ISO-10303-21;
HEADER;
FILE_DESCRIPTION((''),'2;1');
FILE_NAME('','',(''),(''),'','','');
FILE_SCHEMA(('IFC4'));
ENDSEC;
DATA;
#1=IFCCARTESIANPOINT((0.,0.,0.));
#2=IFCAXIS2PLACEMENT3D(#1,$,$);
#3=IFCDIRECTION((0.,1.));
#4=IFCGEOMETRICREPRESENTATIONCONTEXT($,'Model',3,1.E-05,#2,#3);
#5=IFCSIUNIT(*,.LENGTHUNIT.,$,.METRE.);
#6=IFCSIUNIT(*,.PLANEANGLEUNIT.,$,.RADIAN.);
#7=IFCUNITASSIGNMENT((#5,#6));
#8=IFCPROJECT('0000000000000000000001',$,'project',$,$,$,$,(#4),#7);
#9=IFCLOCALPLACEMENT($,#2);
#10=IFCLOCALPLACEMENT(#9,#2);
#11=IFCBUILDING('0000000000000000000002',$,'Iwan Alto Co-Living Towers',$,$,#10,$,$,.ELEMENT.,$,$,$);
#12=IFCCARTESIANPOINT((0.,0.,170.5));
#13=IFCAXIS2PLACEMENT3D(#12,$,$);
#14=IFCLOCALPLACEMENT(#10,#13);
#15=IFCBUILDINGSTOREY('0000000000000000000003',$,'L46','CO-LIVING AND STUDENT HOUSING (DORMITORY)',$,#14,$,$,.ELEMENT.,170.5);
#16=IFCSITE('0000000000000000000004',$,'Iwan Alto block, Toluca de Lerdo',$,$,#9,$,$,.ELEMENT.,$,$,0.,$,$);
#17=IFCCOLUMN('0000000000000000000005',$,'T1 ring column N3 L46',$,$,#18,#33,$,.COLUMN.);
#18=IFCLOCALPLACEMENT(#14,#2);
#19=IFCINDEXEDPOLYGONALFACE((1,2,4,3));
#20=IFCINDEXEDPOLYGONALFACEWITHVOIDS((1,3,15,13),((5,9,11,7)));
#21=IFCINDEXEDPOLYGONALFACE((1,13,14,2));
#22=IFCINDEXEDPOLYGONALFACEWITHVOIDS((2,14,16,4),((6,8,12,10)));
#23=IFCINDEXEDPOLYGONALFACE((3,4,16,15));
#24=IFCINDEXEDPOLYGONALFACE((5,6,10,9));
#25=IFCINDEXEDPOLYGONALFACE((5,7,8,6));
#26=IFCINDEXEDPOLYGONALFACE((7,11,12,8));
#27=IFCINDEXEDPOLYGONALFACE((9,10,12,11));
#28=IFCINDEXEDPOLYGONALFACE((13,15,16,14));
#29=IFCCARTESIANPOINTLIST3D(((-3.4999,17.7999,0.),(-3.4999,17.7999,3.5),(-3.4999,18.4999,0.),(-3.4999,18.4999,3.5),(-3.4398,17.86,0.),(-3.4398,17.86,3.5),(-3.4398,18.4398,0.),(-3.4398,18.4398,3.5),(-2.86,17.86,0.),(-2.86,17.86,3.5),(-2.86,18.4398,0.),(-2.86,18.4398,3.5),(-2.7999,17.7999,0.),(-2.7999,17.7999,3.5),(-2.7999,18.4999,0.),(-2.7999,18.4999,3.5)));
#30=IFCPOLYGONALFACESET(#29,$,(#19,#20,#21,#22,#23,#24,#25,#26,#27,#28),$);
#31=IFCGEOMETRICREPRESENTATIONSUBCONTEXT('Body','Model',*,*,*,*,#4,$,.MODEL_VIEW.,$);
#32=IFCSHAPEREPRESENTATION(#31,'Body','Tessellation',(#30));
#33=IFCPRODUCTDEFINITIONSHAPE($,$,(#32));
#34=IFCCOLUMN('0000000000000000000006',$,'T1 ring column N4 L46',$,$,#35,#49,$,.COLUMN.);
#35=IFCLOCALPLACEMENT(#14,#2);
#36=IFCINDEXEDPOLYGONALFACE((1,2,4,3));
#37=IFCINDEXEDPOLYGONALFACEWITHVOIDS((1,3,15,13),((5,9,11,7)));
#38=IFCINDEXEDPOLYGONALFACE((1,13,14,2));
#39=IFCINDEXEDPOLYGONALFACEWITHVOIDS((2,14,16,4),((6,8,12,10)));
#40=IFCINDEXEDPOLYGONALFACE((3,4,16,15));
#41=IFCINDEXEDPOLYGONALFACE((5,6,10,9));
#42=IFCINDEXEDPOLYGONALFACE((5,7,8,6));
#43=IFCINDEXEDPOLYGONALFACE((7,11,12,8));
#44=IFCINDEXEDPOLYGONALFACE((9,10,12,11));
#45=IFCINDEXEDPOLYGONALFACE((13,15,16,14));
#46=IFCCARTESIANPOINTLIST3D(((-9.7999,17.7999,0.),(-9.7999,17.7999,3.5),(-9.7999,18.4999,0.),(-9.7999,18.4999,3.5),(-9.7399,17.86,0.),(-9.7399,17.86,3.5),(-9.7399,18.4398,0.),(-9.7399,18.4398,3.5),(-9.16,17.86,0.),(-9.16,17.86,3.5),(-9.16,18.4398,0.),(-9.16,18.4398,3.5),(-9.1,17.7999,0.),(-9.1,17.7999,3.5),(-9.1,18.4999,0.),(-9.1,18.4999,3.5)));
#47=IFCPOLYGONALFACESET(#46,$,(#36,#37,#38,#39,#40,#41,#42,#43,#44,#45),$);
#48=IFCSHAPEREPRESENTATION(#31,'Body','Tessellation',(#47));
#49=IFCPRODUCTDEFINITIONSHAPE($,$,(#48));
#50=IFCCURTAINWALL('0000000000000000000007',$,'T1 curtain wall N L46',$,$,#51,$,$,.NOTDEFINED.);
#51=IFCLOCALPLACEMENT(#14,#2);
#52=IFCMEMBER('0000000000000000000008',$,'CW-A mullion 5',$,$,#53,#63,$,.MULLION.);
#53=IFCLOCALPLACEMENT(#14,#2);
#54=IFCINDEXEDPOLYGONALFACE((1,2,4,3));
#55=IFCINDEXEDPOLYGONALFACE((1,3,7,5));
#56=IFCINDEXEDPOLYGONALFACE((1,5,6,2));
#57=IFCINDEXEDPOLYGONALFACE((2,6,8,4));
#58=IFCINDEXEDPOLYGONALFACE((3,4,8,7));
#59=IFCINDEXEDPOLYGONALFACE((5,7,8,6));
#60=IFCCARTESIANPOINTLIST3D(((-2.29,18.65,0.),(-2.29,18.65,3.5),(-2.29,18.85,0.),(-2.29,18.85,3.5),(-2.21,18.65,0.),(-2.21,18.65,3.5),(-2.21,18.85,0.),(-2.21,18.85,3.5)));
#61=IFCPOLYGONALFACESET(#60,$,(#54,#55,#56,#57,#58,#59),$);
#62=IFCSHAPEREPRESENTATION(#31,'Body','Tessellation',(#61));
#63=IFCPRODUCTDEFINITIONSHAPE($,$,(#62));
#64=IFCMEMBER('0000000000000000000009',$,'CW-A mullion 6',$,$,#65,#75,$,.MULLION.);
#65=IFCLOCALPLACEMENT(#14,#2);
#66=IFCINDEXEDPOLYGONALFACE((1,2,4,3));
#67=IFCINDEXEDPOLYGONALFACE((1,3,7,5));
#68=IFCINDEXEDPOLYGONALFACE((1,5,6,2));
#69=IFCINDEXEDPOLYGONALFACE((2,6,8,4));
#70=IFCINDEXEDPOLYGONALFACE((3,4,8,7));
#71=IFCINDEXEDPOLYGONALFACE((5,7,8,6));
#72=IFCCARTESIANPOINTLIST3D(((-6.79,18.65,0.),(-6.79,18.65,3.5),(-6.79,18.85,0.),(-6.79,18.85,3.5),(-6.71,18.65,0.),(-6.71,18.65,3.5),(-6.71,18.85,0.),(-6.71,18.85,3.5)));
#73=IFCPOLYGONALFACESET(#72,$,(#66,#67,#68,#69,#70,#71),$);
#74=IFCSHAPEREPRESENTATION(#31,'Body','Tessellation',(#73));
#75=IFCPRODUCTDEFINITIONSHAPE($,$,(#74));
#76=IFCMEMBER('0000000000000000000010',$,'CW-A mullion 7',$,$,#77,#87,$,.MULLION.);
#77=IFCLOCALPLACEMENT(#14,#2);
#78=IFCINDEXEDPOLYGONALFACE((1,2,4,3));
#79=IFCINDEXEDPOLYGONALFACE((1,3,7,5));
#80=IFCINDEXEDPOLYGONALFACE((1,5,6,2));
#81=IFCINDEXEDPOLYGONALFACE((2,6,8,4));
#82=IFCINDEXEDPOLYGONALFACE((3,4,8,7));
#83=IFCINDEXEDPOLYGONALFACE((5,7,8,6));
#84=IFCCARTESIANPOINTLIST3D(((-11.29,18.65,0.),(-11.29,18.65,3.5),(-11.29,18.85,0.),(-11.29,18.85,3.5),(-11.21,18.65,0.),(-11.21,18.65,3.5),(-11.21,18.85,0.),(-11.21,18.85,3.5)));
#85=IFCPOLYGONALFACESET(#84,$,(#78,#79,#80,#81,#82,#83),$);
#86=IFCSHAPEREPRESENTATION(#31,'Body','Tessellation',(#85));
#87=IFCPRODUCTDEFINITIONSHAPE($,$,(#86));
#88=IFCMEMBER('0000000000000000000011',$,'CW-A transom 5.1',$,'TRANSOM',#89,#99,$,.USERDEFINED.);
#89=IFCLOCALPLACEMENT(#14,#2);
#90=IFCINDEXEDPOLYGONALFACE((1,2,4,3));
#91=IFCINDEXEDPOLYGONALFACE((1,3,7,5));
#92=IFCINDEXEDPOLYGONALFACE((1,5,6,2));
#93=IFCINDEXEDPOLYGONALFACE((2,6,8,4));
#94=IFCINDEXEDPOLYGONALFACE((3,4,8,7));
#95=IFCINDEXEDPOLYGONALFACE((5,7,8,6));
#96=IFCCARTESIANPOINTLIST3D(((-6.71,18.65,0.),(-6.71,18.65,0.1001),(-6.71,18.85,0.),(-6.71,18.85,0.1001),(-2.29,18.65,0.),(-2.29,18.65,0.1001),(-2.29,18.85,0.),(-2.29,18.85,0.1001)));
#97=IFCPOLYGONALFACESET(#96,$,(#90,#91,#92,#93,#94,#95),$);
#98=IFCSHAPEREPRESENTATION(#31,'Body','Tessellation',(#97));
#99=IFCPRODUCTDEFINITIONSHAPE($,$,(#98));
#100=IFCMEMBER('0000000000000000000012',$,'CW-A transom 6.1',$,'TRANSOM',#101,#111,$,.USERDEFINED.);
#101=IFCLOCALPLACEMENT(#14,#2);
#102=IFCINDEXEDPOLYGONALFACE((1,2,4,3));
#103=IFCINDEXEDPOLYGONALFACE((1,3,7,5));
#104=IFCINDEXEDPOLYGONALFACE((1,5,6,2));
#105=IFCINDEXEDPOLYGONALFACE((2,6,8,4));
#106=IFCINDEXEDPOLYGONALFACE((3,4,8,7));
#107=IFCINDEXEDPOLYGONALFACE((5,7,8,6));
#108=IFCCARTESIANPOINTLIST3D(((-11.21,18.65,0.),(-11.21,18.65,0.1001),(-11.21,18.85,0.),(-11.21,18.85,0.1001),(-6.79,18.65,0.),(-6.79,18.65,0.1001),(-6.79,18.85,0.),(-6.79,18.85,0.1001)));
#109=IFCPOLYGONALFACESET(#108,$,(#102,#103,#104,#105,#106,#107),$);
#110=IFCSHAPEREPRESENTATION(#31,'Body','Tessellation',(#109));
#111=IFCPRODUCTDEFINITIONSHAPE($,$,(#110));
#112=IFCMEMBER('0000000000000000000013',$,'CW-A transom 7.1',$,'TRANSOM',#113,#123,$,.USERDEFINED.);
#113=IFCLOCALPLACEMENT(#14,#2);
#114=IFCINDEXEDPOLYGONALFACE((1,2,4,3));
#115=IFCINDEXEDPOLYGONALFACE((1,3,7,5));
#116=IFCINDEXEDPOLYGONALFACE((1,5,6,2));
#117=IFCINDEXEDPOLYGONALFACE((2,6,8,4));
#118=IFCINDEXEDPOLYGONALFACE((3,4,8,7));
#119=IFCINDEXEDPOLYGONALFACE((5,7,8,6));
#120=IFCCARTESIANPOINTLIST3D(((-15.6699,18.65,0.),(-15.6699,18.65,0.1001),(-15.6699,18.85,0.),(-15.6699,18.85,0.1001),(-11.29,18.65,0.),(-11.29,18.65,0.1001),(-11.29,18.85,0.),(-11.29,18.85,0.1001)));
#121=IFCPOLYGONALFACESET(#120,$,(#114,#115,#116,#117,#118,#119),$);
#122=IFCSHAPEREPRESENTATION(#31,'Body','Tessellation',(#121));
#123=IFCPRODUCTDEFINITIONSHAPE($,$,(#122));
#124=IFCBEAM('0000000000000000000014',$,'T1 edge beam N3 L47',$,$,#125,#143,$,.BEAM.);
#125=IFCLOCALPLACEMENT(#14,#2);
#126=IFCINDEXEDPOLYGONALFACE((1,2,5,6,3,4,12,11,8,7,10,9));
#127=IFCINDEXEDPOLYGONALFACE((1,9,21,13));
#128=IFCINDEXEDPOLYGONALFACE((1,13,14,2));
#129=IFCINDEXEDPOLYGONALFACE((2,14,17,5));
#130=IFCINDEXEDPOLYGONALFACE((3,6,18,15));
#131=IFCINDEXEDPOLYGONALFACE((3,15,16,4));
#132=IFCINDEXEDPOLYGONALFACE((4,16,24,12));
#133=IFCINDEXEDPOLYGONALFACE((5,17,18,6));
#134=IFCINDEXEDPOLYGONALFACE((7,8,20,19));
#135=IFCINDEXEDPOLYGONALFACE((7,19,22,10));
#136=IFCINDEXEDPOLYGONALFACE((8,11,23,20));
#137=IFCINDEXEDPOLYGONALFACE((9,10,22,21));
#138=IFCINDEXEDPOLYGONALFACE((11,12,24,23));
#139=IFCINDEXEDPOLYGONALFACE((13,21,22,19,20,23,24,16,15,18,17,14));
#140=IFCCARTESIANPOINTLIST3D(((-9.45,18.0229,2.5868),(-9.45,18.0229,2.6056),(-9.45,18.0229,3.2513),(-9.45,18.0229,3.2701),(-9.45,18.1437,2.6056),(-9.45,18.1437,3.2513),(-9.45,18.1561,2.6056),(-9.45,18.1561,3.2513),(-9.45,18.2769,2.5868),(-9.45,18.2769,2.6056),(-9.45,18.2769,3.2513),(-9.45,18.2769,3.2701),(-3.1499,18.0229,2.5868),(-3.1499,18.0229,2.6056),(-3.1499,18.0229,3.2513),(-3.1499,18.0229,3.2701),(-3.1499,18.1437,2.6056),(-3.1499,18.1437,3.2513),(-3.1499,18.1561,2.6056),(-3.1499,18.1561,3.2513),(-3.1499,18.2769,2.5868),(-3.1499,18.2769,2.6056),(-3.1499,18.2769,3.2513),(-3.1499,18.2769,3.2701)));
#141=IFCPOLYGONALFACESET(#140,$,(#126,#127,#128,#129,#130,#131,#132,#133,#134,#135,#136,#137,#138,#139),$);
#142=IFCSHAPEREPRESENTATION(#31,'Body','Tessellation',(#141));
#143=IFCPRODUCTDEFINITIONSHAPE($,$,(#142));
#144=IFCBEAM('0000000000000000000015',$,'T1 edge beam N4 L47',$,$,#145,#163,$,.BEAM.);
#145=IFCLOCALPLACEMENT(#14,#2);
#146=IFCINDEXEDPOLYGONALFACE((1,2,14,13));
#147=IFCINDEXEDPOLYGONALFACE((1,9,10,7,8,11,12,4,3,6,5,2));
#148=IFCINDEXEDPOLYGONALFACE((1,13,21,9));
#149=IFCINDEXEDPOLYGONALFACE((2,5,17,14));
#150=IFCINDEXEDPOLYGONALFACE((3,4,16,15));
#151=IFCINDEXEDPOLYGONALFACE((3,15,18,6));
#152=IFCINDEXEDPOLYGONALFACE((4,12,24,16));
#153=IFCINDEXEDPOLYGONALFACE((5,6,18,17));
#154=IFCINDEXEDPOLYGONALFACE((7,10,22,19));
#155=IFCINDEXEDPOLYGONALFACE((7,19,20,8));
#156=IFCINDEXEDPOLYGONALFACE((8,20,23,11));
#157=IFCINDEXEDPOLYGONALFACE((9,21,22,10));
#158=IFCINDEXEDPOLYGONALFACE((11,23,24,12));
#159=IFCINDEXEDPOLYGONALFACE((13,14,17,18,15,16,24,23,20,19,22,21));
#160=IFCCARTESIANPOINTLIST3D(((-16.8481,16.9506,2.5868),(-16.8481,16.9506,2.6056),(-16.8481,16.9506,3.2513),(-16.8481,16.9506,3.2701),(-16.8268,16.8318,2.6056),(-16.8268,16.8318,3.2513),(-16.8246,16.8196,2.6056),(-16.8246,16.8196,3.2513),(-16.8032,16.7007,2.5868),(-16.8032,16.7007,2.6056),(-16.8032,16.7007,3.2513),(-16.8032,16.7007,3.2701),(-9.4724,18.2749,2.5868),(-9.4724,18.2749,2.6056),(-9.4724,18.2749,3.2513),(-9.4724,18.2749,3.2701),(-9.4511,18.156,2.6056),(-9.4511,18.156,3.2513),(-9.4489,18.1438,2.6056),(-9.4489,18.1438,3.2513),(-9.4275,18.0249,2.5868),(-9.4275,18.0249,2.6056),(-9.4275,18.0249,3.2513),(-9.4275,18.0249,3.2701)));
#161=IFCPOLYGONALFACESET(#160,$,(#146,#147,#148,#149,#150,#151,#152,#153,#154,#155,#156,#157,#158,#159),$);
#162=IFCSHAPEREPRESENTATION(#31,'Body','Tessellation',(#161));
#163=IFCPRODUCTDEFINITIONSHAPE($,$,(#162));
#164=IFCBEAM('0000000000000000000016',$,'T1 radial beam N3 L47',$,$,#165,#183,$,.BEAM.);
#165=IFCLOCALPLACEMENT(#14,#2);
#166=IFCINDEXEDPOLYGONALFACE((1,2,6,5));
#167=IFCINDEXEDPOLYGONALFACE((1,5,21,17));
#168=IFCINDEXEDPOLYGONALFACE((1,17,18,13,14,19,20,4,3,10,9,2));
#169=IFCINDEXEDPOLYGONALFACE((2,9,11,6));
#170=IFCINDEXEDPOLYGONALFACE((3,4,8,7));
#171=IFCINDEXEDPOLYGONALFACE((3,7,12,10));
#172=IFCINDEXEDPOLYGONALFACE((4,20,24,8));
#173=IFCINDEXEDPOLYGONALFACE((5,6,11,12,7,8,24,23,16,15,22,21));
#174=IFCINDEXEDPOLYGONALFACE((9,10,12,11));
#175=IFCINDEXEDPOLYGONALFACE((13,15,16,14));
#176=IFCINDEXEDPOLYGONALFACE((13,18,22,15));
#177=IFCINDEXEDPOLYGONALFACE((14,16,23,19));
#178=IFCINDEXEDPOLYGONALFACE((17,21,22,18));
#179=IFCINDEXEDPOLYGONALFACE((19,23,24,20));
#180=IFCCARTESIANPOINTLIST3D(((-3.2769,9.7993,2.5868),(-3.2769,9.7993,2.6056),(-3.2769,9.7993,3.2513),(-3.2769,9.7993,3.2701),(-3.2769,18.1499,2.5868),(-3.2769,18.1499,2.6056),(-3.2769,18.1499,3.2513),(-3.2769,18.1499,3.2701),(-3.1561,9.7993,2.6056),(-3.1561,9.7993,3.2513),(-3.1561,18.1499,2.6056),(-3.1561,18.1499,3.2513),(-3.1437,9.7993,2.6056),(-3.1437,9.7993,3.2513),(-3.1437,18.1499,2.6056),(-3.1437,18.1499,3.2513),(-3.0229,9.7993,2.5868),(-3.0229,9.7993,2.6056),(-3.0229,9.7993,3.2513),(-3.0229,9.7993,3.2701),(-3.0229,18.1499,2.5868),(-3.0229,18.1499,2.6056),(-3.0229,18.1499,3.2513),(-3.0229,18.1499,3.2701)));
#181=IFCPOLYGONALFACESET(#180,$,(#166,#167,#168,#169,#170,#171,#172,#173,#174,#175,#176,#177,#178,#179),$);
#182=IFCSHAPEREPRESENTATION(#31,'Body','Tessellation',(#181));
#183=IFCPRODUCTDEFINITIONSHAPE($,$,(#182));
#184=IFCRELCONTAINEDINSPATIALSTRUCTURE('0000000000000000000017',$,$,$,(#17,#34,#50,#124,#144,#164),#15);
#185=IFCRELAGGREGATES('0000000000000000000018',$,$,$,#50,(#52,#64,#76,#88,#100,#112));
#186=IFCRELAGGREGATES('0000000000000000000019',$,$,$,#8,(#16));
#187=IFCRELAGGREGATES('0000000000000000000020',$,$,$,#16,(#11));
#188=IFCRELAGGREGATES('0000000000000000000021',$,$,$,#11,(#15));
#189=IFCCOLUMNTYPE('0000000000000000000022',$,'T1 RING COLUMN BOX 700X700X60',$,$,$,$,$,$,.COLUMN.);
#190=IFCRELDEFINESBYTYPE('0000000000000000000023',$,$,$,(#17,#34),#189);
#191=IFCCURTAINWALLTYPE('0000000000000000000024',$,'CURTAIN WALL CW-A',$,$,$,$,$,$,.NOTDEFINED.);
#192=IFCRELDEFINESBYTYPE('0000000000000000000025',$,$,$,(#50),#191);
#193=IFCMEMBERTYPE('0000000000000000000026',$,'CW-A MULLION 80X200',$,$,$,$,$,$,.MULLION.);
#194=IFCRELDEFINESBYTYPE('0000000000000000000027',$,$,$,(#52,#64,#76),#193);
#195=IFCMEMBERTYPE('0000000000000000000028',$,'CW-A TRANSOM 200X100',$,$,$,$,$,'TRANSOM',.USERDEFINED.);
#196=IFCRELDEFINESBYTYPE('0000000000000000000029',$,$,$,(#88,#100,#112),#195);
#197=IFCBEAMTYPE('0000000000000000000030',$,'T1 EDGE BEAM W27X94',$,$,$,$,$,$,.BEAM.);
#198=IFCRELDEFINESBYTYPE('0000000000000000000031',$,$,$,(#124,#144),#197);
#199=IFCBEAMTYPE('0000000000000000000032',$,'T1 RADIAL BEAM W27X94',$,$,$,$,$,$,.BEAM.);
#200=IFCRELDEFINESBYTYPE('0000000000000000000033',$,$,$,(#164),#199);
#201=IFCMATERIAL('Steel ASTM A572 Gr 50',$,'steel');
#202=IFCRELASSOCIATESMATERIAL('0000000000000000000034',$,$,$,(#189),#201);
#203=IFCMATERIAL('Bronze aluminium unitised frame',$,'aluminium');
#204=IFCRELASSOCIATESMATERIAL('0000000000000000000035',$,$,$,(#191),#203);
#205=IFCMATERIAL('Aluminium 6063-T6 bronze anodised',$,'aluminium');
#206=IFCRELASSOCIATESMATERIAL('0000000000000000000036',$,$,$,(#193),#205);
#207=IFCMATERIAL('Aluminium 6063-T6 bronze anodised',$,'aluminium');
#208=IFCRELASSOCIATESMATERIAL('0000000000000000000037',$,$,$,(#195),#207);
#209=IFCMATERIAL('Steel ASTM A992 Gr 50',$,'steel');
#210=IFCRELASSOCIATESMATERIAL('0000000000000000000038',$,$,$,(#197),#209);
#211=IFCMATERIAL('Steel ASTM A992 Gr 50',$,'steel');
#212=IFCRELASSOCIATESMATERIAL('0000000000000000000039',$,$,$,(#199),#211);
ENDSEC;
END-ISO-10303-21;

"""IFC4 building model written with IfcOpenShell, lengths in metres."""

from ifc_helpers import new_model, si_unit, direction, frame, origin, origin_2d, place, context, subcontext, project, spatial, rectangle, hollow_rectangle, i_section, extrude, material, material_profile, profile_set, type_object, element, aggregate, save


model = new_model("IFC4")

# Units and contexts
model_context = context("Model", 3, precision=1e-05, world=origin(), true_north=direction((0.0, 1.0)))
body_context = subcontext(model_context, "Body", "Model", "MODEL_VIEW")
ifc_project = project(units=[si_unit("LENGTHUNIT", "METRE"), si_unit("PLANEANGLEUNIT", "RADIAN")], contexts=[model_context])

# Site, building, storey
site_placement = place(None, origin())
site = spatial("IfcSite", under=ifc_project, at=site_placement, Name="Iwan Alto block, Toluca de Lerdo", CompositionType="ELEMENT", RefElevation=0.0)
building_placement = place(site_placement, origin())
building = spatial("IfcBuilding", under=site, at=building_placement, Name="Iwan Alto Co-Living Towers", CompositionType="ELEMENT")
storey_placement = place(building_placement, frame((0.0, 0.0, 170.5)))
storey = spatial("IfcBuildingStorey", under=building, at=storey_placement, Name="L46", Description="CO-LIVING AND STUDENT HOUSING (DORMITORY)", CompositionType="ELEMENT", Elevation=170.5)

# Columns
ifc_material_1 = material(Name="Steel ASTM A572 Gr 50", Category="steel")
ifc_material_profile_1 = material_profile(ifc_material_1, hollow_rectangle(XDim=0.7, YDim=0.7, WallThickness=0.0601, at=origin_2d()), Name="BOX 700X700X60")
ifc_profile_set_1 = profile_set([ifc_material_profile_1], Name="Steel ASTM A572 Gr 50")
column_type = type_object("IfcColumnType", Name="T1 RING COLUMN BOX 700X700X60", PredefinedType="COLUMN", material=ifc_profile_set_1)
for number, where, z_axis, x_axis, name in (
    (1, (-3.1499, 18.1499, 0.0), (0.0, 0.0, 1.0), (1.0, 0.0, 0.0), "T1 ring column N3 L46"),
    (2, (-9.45, 18.1499, 0.0), (0.0, 0.0, 1.0), (1.0, 0.0, 0.0), "T1 ring column N4 L46"),
):
    element("IfcColumn", number, at=place(storey_placement, frame(where, z_axis=z_axis, x_axis=x_axis)), inside=storey, type_object=column_type, Name=name, PredefinedType="COLUMN", context=body_context, shape_type="SweptSolid", body=[
        extrude(hollow_rectangle(XDim=0.7, YDim=0.7, WallThickness=0.0601, at=origin_2d()), origin(), (0.0, 0.0, 1.0), 3.5),
    ])

# Curtain wall, members
ifc_material_2 = material(Name="Bronze aluminium unitised frame", Category="aluminium")
curtain_wall_type = type_object("IfcCurtainWallType", Name="CURTAIN WALL CW-A", PredefinedType="NOTDEFINED", material=ifc_material_2)
curtain_wall_placement = place(storey_placement, origin())
curtain_wall = element("IfcCurtainWall", 3, at=curtain_wall_placement, inside=storey, type_object=curtain_wall_type, Name="T1 curtain wall N L46", PredefinedType="NOTDEFINED")
ifc_material_3 = material(Name="Aluminium 6063-T6 bronze anodised", Category="aluminium")
ifc_material_profile_2 = material_profile(ifc_material_3, rectangle(XDim=0.2, YDim=0.0801, at=origin_2d()), Name="AL 80X200")
ifc_profile_set_2 = profile_set([ifc_material_profile_2], Name="Aluminium 6063-T6 bronze anodised")
member_type_1 = type_object("IfcMemberType", Name="CW-A MULLION 80X200", PredefinedType="MULLION", material=ifc_profile_set_2)
member_1_placement = place(storey_placement, frame((-2.25, 18.75, 0.0), z_axis=(0.0, 0.0, 1.0), x_axis=(0.0, -1.0, 0.0)))
member_1 = element("IfcMember", 4, at=member_1_placement, type_object=member_type_1, Name="CW-A mullion 5", PredefinedType="MULLION", context=body_context, shape_type="SweptSolid", body=[
    extrude(rectangle(XDim=0.2, YDim=0.0801, at=origin_2d()), origin(), (0.0, 0.0, 1.0), 3.5),
])
member_2_placement = place(storey_placement, frame((-6.75, 18.75, 0.0), z_axis=(0.0, 0.0, 1.0), x_axis=(0.0, -1.0, 0.0)))
member_2 = element("IfcMember", 5, at=member_2_placement, type_object=member_type_1, Name="CW-A mullion 6", PredefinedType="MULLION", context=body_context, shape_type="SweptSolid", body=[
    extrude(rectangle(XDim=0.2, YDim=0.0801, at=origin_2d()), origin(), (0.0, 0.0, 1.0), 3.5),
])
member_3_placement = place(storey_placement, frame((-11.25, 18.75, 0.0), z_axis=(0.0, 0.0, 1.0), x_axis=(0.0, -1.0, 0.0)))
member_3 = element("IfcMember", 6, at=member_3_placement, type_object=member_type_1, Name="CW-A mullion 7", PredefinedType="MULLION", context=body_context, shape_type="SweptSolid", body=[
    extrude(rectangle(XDim=0.2, YDim=0.0801, at=origin_2d()), origin(), (0.0, 0.0, 1.0), 3.5),
])
ifc_material_4 = material(Name="Aluminium 6063-T6 bronze anodised", Category="aluminium")
ifc_material_profile_3 = material_profile(ifc_material_4, rectangle(XDim=0.2, YDim=0.1001, at=origin_2d()), Name="AL 200X100")
ifc_profile_set_3 = profile_set([ifc_material_profile_3], Name="Aluminium 6063-T6 bronze anodised")
member_type_2 = type_object("IfcMemberType", Name="CW-A TRANSOM 200X100", ElementType="TRANSOM", PredefinedType="USERDEFINED", material=ifc_profile_set_3)
member_4_placement = place(storey_placement, frame((-2.29, 18.75, 0.05), z_axis=(-1.0, 0.0, 0.0), x_axis=(0.0, -1.0, 0.0)))
member_4 = element("IfcMember", 7, at=member_4_placement, type_object=member_type_2, Name="CW-A transom 5.1", ObjectType="TRANSOM", PredefinedType="USERDEFINED", context=body_context, shape_type="SweptSolid", body=[
    extrude(rectangle(XDim=0.2, YDim=0.1001, at=origin_2d()), origin(), (0.0, 0.0, 1.0), 4.4199),
])
member_5_placement = place(storey_placement, frame((-6.79, 18.75, 0.05), z_axis=(-1.0, 0.0, 0.0), x_axis=(0.0, -1.0, 0.0)))
member_5 = element("IfcMember", 8, at=member_5_placement, type_object=member_type_2, Name="CW-A transom 6.1", ObjectType="TRANSOM", PredefinedType="USERDEFINED", context=body_context, shape_type="SweptSolid", body=[
    extrude(rectangle(XDim=0.2, YDim=0.1001, at=origin_2d()), origin(), (0.0, 0.0, 1.0), 4.4199),
])
member_6_placement = place(storey_placement, frame((-11.29, 18.75, 0.05), z_axis=(-1.0, 0.0, 0.0), x_axis=(0.0, -1.0, 0.0)))
member_6 = element("IfcMember", 9, at=member_6_placement, type_object=member_type_2, Name="CW-A transom 7.1", ObjectType="TRANSOM", PredefinedType="USERDEFINED", context=body_context, shape_type="SweptSolid", body=[
    extrude(rectangle(XDim=0.2, YDim=0.1001, at=origin_2d()), origin(), (0.0, 0.0, 1.0), 4.3799),
])

# Beams
ifc_material_5 = material(Name="Steel ASTM A992 Gr 50", Category="steel")
ifc_material_profile_4 = material_profile(ifc_material_5, i_section(OverallWidth=0.2539, OverallDepth=0.6833, WebThickness=0.0125, FlangeThickness=0.0188, at=origin_2d()), Name="W27X94")
ifc_profile_set_4 = profile_set([ifc_material_profile_4], Name="Steel ASTM A992 Gr 50")
beam_type_1 = type_object("IfcBeamType", Name="T1 EDGE BEAM W27X94", PredefinedType="BEAM", material=ifc_profile_set_4)
beam_1_placement = place(storey_placement, frame((-3.1499, 18.1499, 2.9285), z_axis=(-1.0, 0.0, 0.0), x_axis=(0.0, -1.0, 0.0)))
element("IfcBeam", 10, at=beam_1_placement, inside=storey, type_object=beam_type_1, Name="T1 edge beam N3 L47", PredefinedType="BEAM", context=body_context, shape_type="SweptSolid", body=[
    extrude(i_section(OverallWidth=0.2539, OverallDepth=0.6833, WebThickness=0.0125, FlangeThickness=0.0188, at=origin_2d()), origin(), (0.0, 0.0, 1.0), 6.3),
])
beam_2_placement = place(storey_placement, frame((-9.45, 18.1499, 2.9285), z_axis=(-0.984263, -0.176712, 0.0), x_axis=(0.176712, -0.984263, 0.0)))
element("IfcBeam", 11, at=beam_2_placement, inside=storey, type_object=beam_type_1, Name="T1 edge beam N4 L47", PredefinedType="BEAM", context=body_context, shape_type="SweptSolid", body=[
    extrude(i_section(OverallWidth=0.2539, OverallDepth=0.6833, WebThickness=0.0125, FlangeThickness=0.0188, at=origin_2d()), origin(), (0.0, 0.0, 1.0), 7.4937),
])
ifc_material_6 = material(Name="Steel ASTM A992 Gr 50", Category="steel")
ifc_material_profile_5 = material_profile(ifc_material_6, i_section(OverallWidth=0.2539, OverallDepth=0.6833, WebThickness=0.0125, FlangeThickness=0.0188, at=origin_2d()), Name="W27X94")
ifc_profile_set_5 = profile_set([ifc_material_profile_5], Name="Steel ASTM A992 Gr 50")
beam_type_2 = type_object("IfcBeamType", Name="T1 RADIAL BEAM W27X94", PredefinedType="BEAM", material=ifc_profile_set_5)
for number, where, z_axis, x_axis, name in (
    (12, (-3.1499, 18.1499, 2.9285), (0.0, -1.0, 0.0), (1.0, 0.0, 0.0), "T1 radial beam N3 L47"),
):
    element("IfcBeam", number, at=place(storey_placement, frame(where, z_axis=z_axis, x_axis=x_axis)), inside=storey, type_object=beam_type_2, Name=name, PredefinedType="BEAM", context=body_context, shape_type="SweptSolid", body=[
        extrude(i_section(OverallWidth=0.2539, OverallDepth=0.6833, WebThickness=0.0125, FlangeThickness=0.0188, at=origin_2d()), origin(), (0.0, 0.0, 1.0), 8.3506),
    ])

aggregate(curtain_wall, [member_1, member_2, member_3, member_4, member_5, member_6])

save(model, "model.ifc")
